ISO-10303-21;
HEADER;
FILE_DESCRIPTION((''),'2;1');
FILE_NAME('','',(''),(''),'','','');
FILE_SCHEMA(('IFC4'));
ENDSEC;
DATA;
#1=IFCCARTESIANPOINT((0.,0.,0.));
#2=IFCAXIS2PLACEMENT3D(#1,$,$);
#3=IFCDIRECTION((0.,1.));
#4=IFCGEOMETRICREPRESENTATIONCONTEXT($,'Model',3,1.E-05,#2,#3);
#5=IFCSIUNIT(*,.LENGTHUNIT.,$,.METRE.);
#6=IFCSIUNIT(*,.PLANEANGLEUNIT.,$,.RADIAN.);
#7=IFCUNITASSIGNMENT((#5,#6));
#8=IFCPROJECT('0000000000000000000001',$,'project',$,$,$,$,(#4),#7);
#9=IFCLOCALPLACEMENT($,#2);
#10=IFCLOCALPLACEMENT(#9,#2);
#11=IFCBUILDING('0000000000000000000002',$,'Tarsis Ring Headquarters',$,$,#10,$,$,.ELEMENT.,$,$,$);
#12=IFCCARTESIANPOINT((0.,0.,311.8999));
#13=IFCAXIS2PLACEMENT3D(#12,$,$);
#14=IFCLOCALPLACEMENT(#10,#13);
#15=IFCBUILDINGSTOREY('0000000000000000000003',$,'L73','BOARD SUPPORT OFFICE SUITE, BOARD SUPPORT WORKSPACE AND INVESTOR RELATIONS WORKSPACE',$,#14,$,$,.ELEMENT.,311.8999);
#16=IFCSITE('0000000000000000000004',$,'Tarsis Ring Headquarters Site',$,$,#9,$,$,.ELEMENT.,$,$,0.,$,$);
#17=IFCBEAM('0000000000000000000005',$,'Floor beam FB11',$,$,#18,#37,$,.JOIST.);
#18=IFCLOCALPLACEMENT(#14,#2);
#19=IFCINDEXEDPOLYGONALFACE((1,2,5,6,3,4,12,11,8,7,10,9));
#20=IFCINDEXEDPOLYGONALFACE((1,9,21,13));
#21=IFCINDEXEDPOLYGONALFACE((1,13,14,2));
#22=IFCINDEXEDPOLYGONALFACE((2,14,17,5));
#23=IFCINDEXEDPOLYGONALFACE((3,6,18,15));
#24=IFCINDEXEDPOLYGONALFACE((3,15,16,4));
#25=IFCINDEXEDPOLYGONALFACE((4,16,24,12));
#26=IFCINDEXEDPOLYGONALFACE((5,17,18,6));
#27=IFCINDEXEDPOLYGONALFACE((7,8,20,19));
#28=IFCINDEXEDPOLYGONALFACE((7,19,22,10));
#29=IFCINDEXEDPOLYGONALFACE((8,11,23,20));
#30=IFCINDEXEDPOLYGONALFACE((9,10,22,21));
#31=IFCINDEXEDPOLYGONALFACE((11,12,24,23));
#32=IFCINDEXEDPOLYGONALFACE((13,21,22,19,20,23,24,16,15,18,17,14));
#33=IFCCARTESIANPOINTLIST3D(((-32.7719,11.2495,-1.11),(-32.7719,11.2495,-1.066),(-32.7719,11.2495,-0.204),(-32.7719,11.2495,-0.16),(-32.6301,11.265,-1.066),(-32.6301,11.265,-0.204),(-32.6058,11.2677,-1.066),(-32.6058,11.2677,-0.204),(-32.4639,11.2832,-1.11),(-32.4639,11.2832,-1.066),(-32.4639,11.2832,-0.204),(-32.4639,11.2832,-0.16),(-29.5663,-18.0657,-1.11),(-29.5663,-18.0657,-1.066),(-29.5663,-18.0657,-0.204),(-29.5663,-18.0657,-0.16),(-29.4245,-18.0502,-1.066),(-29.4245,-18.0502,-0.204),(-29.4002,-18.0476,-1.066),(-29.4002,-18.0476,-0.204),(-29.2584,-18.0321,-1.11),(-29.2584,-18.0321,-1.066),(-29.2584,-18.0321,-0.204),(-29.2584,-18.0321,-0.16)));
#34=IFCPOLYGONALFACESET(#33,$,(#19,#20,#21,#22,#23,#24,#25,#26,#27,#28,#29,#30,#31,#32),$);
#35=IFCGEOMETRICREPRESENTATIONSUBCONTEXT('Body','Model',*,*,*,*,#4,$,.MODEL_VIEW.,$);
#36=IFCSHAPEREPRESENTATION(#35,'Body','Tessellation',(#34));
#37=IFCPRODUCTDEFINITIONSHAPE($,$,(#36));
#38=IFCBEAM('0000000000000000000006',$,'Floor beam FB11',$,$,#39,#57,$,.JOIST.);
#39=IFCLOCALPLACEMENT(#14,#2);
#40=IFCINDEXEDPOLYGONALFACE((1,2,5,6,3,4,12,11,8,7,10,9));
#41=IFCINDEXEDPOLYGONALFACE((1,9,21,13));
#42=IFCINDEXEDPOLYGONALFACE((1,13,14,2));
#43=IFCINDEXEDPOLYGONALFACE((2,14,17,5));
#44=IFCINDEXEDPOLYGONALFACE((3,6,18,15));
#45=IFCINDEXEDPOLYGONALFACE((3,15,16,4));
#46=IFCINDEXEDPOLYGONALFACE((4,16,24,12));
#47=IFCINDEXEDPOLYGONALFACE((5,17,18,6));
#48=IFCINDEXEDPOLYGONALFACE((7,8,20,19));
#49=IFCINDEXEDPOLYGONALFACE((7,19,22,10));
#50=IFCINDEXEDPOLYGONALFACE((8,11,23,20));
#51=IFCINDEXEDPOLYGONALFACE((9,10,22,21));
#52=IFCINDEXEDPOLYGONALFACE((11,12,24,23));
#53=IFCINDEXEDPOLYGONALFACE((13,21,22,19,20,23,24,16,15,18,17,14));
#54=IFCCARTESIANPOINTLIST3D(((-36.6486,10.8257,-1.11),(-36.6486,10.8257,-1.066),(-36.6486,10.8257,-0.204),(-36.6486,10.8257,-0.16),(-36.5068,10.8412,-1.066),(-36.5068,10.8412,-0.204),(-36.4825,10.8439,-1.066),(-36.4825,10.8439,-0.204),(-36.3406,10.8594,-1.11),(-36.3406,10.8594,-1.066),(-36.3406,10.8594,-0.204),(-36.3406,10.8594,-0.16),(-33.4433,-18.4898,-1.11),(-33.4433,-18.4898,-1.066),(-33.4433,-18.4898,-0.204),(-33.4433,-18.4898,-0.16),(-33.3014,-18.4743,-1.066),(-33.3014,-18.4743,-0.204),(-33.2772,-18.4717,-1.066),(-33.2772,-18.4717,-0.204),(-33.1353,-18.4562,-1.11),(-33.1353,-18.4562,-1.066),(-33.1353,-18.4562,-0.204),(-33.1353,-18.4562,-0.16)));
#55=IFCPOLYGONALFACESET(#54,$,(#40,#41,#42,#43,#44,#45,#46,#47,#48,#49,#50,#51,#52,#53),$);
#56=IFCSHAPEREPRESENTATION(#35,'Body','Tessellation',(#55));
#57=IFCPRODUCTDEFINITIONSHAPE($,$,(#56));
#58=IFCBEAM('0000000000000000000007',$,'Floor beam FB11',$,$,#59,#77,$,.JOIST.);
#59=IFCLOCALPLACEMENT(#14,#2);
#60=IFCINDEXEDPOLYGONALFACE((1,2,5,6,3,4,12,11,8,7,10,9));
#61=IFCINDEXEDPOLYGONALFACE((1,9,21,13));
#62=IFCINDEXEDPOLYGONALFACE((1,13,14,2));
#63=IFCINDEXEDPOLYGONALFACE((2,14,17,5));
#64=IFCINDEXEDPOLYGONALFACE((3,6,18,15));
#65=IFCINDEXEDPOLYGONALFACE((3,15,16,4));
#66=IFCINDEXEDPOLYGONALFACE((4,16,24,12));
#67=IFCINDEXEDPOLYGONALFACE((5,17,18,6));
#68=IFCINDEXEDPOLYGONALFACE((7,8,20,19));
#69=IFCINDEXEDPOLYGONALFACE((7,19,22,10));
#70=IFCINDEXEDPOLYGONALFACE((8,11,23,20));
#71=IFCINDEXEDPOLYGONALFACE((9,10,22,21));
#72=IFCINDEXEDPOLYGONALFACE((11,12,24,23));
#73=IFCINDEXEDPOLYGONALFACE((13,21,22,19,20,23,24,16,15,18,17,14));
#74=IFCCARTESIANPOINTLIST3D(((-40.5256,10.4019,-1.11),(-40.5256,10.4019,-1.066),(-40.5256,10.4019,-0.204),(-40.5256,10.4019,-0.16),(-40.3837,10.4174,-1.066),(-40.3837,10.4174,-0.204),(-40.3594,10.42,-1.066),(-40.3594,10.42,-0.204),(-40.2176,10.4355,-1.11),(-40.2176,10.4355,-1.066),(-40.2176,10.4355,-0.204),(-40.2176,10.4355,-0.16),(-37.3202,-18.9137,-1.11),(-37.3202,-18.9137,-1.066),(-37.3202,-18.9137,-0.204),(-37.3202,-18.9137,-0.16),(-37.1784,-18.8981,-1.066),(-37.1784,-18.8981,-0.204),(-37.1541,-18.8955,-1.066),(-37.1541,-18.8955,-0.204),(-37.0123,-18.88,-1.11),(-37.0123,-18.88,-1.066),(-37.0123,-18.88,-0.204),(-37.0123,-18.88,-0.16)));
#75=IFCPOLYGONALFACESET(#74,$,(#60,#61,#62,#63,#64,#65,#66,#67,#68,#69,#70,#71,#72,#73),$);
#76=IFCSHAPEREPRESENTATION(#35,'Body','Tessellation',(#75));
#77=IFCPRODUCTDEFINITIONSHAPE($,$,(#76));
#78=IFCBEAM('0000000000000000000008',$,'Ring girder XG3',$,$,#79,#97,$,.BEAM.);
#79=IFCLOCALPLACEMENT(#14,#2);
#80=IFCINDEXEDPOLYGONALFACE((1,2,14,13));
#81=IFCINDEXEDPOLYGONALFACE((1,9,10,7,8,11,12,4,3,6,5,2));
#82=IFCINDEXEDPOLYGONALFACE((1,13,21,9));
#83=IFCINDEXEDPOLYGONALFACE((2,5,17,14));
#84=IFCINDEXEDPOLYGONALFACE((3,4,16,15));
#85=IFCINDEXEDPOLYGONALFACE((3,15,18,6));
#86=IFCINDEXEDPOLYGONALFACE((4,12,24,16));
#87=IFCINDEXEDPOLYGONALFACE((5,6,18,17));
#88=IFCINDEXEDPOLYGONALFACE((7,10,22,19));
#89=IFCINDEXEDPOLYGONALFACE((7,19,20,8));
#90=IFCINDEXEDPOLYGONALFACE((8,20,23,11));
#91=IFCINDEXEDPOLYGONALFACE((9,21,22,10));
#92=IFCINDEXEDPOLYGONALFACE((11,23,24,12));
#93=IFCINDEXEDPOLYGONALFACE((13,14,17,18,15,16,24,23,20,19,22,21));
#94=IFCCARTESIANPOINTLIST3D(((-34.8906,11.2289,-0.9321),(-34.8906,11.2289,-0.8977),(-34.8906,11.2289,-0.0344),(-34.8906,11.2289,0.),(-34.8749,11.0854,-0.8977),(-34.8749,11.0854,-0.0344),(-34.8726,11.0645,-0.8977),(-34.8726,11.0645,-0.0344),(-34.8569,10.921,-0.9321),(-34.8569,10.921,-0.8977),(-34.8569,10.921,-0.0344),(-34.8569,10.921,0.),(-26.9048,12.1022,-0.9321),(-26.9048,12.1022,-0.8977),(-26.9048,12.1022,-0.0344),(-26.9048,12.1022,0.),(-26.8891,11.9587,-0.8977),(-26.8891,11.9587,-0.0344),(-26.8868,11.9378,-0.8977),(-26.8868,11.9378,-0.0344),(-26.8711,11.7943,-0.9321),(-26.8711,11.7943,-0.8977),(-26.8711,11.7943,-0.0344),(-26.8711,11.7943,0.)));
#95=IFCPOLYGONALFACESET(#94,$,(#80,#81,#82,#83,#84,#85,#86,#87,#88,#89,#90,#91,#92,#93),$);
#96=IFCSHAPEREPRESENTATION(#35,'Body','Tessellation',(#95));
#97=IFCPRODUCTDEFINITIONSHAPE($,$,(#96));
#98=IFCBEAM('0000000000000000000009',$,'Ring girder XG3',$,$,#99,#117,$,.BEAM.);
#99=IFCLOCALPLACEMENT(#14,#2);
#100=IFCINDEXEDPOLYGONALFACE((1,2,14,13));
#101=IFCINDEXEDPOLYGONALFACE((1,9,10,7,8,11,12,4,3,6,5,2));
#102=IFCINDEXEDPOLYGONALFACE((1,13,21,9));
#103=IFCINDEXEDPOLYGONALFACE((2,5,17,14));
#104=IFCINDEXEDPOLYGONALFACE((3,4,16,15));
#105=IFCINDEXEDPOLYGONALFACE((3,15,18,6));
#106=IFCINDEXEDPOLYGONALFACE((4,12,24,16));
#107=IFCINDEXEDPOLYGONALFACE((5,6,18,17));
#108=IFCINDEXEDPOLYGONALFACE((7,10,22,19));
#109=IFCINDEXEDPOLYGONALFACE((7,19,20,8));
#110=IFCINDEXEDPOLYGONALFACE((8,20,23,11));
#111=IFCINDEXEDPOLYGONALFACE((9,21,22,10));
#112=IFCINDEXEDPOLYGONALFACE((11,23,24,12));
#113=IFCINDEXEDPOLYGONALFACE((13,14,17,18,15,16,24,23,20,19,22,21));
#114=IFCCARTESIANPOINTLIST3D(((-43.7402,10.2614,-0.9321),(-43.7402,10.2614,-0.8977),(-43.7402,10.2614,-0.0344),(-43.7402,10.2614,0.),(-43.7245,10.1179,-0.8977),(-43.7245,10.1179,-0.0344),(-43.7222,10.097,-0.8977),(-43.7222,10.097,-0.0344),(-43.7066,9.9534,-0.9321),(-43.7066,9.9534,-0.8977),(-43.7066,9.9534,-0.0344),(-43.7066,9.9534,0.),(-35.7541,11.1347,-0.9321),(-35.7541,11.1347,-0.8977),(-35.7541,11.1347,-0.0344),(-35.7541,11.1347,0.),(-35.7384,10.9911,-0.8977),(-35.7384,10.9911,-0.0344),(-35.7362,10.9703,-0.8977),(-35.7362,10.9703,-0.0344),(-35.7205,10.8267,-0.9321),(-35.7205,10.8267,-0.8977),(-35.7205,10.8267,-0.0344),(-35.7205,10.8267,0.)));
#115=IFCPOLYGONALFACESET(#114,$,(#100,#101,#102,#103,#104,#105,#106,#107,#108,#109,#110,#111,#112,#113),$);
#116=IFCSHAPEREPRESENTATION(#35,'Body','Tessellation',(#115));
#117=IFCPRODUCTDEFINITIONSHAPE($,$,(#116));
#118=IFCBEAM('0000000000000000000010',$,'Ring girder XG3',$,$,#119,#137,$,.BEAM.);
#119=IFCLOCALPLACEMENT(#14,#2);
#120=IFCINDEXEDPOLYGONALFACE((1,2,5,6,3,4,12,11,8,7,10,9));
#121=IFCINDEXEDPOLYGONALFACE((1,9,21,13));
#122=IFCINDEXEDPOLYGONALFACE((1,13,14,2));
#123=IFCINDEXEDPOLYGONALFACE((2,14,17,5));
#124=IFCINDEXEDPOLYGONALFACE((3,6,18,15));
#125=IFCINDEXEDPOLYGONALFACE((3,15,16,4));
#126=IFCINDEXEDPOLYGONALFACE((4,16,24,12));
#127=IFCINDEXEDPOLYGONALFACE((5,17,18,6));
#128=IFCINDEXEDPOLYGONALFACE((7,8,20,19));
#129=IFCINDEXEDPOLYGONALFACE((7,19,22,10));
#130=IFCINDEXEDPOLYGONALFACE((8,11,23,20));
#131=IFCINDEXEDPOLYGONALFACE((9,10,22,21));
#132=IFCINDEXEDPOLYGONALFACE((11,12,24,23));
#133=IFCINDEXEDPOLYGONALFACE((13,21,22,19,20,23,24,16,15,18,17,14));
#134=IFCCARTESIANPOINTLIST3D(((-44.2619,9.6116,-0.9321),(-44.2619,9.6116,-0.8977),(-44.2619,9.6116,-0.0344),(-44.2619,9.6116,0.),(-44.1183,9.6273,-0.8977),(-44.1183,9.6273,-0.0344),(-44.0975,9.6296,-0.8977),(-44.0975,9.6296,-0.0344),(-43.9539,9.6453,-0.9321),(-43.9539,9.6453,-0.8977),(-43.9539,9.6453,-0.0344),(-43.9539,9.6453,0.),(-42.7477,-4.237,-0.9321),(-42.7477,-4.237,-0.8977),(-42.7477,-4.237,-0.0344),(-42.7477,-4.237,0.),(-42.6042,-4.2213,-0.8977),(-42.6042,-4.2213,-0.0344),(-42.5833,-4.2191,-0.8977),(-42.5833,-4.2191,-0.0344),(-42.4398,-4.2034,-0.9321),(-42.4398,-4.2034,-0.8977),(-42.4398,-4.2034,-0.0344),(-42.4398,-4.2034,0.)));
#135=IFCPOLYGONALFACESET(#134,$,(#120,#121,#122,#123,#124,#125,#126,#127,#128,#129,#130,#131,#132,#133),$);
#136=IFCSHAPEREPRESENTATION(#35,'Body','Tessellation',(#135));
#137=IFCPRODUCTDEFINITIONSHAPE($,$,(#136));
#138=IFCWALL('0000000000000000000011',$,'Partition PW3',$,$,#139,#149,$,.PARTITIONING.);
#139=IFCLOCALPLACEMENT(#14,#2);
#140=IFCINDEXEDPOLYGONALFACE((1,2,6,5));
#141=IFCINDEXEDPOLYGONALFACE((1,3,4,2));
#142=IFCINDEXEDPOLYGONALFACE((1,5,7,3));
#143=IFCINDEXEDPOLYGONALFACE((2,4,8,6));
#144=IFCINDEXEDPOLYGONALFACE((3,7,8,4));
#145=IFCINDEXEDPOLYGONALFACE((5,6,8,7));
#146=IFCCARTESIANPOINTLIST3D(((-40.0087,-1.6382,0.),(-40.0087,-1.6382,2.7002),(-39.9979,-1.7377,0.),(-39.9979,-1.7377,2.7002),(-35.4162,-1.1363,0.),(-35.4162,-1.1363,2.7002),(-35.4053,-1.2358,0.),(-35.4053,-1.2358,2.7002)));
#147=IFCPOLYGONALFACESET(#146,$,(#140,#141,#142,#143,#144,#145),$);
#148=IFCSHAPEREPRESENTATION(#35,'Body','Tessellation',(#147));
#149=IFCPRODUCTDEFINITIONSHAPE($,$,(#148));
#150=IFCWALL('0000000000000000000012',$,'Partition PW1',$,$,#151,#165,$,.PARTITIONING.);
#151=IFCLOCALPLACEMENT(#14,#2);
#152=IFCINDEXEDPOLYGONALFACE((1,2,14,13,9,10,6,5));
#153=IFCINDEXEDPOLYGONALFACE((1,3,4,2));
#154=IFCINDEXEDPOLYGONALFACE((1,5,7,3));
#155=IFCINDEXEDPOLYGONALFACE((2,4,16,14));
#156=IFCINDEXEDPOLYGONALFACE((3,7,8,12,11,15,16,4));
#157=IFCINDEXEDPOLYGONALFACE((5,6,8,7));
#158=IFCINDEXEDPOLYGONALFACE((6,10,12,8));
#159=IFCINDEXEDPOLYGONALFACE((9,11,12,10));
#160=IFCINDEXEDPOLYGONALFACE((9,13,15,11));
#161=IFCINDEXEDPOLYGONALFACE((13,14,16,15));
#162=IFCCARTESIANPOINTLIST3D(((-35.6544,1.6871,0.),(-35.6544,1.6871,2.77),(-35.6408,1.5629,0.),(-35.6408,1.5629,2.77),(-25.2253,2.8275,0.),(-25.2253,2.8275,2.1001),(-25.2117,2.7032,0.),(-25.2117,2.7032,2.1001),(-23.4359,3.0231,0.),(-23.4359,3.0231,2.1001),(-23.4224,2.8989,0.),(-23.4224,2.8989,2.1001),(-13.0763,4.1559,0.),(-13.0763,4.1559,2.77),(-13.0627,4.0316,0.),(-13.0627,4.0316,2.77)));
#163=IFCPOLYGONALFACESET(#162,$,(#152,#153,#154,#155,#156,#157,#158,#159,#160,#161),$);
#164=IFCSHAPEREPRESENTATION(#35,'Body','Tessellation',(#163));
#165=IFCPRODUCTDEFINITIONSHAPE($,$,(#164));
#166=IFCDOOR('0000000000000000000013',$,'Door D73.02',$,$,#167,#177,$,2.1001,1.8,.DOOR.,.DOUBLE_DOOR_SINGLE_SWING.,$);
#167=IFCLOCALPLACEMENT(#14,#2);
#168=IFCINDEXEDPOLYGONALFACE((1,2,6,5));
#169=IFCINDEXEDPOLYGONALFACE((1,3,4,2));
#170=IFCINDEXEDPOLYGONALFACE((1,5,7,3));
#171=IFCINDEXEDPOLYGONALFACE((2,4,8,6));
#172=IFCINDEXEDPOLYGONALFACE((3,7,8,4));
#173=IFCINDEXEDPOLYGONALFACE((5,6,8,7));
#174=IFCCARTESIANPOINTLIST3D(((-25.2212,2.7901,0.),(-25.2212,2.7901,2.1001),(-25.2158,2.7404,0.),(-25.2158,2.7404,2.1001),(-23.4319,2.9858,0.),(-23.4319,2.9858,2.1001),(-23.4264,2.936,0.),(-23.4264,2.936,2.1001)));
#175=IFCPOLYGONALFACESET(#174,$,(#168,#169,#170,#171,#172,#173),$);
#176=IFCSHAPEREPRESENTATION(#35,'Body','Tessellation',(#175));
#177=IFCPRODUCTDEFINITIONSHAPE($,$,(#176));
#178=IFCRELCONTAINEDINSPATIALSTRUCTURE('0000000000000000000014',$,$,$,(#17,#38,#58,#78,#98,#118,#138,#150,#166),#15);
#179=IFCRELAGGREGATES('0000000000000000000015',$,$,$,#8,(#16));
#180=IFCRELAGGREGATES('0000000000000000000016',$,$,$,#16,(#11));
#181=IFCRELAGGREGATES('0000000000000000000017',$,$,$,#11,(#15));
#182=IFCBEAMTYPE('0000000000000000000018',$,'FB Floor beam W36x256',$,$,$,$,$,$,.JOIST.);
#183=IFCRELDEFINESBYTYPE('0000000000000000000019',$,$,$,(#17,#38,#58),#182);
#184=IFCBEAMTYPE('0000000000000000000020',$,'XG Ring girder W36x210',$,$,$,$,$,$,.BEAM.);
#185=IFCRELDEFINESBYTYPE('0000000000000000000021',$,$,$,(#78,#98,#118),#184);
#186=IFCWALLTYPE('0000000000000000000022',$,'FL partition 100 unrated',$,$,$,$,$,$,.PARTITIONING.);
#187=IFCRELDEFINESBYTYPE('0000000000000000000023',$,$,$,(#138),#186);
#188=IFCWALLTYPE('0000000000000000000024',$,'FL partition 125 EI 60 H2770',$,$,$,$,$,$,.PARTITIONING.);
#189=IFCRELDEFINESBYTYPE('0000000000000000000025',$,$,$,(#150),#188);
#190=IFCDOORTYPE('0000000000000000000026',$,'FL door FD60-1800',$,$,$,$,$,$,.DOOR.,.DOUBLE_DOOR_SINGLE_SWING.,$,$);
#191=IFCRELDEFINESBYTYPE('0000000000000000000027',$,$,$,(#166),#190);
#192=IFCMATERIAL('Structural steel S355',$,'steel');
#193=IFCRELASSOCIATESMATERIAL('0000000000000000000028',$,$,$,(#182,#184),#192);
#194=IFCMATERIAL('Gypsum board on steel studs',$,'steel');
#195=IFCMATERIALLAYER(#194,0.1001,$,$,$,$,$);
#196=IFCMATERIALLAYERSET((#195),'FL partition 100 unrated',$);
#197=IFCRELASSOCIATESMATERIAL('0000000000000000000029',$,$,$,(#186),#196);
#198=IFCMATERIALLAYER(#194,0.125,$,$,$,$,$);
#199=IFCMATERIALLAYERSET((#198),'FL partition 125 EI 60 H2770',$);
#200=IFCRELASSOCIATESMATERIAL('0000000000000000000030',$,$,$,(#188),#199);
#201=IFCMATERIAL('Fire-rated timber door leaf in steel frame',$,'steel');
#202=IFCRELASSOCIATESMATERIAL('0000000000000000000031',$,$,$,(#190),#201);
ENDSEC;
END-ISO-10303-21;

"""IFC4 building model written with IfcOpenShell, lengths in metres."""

from ifc_helpers import new_model, si_unit, direction, frame, frame_2d, origin, origin_2d, place, context, subcontext, project, spatial, rectangle, i_section, extrude, material, layer, layer_set, material_profile, profile_set, type_object, element, fill, save


model = new_model("IFC4")

# Units and contexts
model_context = context("Model", 3, precision=1e-05, world=origin(), true_north=direction((0.0, 1.0)))
body_context = subcontext(model_context, "Body", "Model", "MODEL_VIEW")
ifc_project = project(units=[si_unit("LENGTHUNIT", "METRE"), si_unit("PLANEANGLEUNIT", "RADIAN")], contexts=[model_context])

# Site, building, storey
site_placement = place(None, origin())
site = spatial("IfcSite", under=ifc_project, at=site_placement, Name="Tarsis Ring Headquarters Site", CompositionType="ELEMENT", RefElevation=0.0)
building_placement = place(site_placement, origin())
building = spatial("IfcBuilding", under=site, at=building_placement, Name="Tarsis Ring Headquarters", CompositionType="ELEMENT")
storey_placement = place(building_placement, frame((0.0, 0.0, 311.8999)))
storey = spatial("IfcBuildingStorey", under=building, at=storey_placement, Name="L73", Description="BOARD SUPPORT OFFICE SUITE, BOARD SUPPORT WORKSPACE AND INVESTOR RELATIONS WORKSPACE", CompositionType="ELEMENT", Elevation=311.8999)

# Shared definitions
ifc_material_1 = material(Name="Structural steel S355", Category="steel")

# Beams
ifc_material_profile_1 = material_profile(ifc_material_1, i_section(OverallWidth=0.3098, OverallDepth=0.95, WebThickness=0.0244, FlangeThickness=0.0439, at=origin_2d()), Name="W36x256")
ifc_profile_set_1 = profile_set([ifc_material_profile_1], Name="Structural steel S355")
beam_type_1 = type_object("IfcBeamType", Name="FB Floor beam W36x256", PredefinedType="JOIST", material=ifc_profile_set_1)
beam_1_placement = place(storey_placement, frame((-32.6179, 11.2664, -0.635), z_axis=(0.1087, -0.994075, 0.0), x_axis=(0.994075, 0.1087, 0.0)))
element("IfcBeam", 1, at=beam_1_placement, inside=storey, type_object=beam_type_1, Name="Floor beam FB11", PredefinedType="JOIST", context=body_context, shape_type="SweptSolid", body=[
    extrude(i_section(OverallWidth=0.3098, OverallDepth=0.95, WebThickness=0.0244, FlangeThickness=0.0439, at=origin_2d()), origin(), (0.0, 0.0, 1.0), 29.49),
])
for number, where, z_axis, x_axis, name in (
    (2, (-36.4946, 10.8425, -0.635), (0.108691, -0.994076, 0.0), (0.994076, 0.108691, 0.0), "Floor beam FB11"),
    (3, (-40.3716, 10.4187, -0.635), (0.108691, -0.994076, 0.0), (0.994076, 0.108691, 0.0), "Floor beam FB11"),
):
    element("IfcBeam", number, at=place(storey_placement, frame(where, z_axis=z_axis, x_axis=x_axis)), inside=storey, type_object=beam_type_1, Name=name, PredefinedType="JOIST", context=body_context, shape_type="SweptSolid", body=[
        extrude(i_section(OverallWidth=0.3098, OverallDepth=0.95, WebThickness=0.0244, FlangeThickness=0.0439, at=origin_2d()), origin(), (0.0, 0.0, 1.0), 29.4902),
    ])
ifc_material_profile_2 = material_profile(ifc_material_1, i_section(OverallWidth=0.3098, OverallDepth=0.9321, WebThickness=0.021, FlangeThickness=0.0344, at=origin_2d()), Name="W36x210")
ifc_profile_set_2 = profile_set([ifc_material_profile_2], Name="Structural steel S355")
beam_type_2 = type_object("IfcBeamType", Name="XG Ring girder W36x210", PredefinedType="BEAM", material=ifc_profile_set_2)
beam_2_placement = place(storey_placement, frame((-26.8879, 11.9482, -0.4661), z_axis=(-0.994074, -0.108707, 0.0), x_axis=(0.108707, -0.994074, 0.0)))
element("IfcBeam", 4, at=beam_2_placement, inside=storey, type_object=beam_type_2, Name="Ring girder XG3", PredefinedType="BEAM", context=body_context, shape_type="SweptSolid", body=[
    extrude(i_section(OverallWidth=0.3098, OverallDepth=0.9321, WebThickness=0.021, FlangeThickness=0.0344, at=origin_2d()), origin(), (0.0, 0.0, 1.0), 8.0334),
])
beam_3_placement = place(storey_placement, frame((-35.7373, 10.9807, -0.4661), z_axis=(-0.994074, -0.108704, 0.0), x_axis=(0.108704, -0.994074, 0.0)))
element("IfcBeam", 5, at=beam_3_placement, inside=storey, type_object=beam_type_2, Name="Ring girder XG3", PredefinedType="BEAM", context=body_context, shape_type="SweptSolid", body=[
    extrude(i_section(OverallWidth=0.3098, OverallDepth=0.9321, WebThickness=0.021, FlangeThickness=0.0344, at=origin_2d()), origin(), (0.0, 0.0, 1.0), 8.0337),
])
beam_4_placement = place(storey_placement, frame((-44.1079, 9.6284, -0.4661), z_axis=(0.108689, -0.994076, 0.0), x_axis=(0.994076, 0.108689, 0.0)))
element("IfcBeam", 6, at=beam_4_placement, inside=storey, type_object=beam_type_2, Name="Ring girder XG3", PredefinedType="BEAM", context=body_context, shape_type="SweptSolid", body=[
    extrude(i_section(OverallWidth=0.3098, OverallDepth=0.9321, WebThickness=0.021, FlangeThickness=0.0344, at=origin_2d()), origin(), (0.0, 0.0, 1.0), 13.9312),
])

# Wall
ifc_material_2 = material(Name="Gypsum board on steel studs", Category="steel")
ifc_layer_1 = layer(ifc_material_2, 0.1001)
ifc_layer_set_1 = layer_set([ifc_layer_1], Name="FL partition 100 unrated")
wall_type_1 = type_object("IfcWallType", Name="FL partition 100 unrated", PredefinedType="PARTITIONING", material=ifc_layer_set_1)
wall_1_placement = place(storey_placement, frame((-40.0034, -1.688, 0.0), z_axis=(0.0, 0.0, 1.0), x_axis=(0.99408, 0.108651, 0.0)))
element("IfcWall", 7, at=wall_1_placement, inside=storey, type_object=wall_type_1, Name="Partition PW3", PredefinedType="PARTITIONING", context=body_context, shape_type="SweptSolid", body=[
    extrude(rectangle(XDim=4.6199, YDim=0.1001, at=frame_2d((2.3101, 0.0))), origin(), (0.0, 0.0, 1.0), 2.7002),
])

# Wall, opening, door
ifc_layer_2 = layer(ifc_material_2, 0.125)
ifc_layer_set_2 = layer_set([ifc_layer_2], Name="FL partition 125 EI 60 H2770")
wall_type_2 = type_object("IfcWallType", Name="FL partition 125 EI 60 H2770", PredefinedType="PARTITIONING", material=ifc_layer_set_2)
wall_2_placement = place(storey_placement, frame((-35.6477, 1.625, 0.0), z_axis=(0.0, 0.0, 1.0), x_axis=(0.994075, 0.108695, 0.0)))
wall_2 = element("IfcWall", 8, at=wall_2_placement, inside=storey, type_object=wall_type_2, Name="Partition PW1", PredefinedType="PARTITIONING", context=body_context, shape_type="SweptSolid", body=[
    extrude(rectangle(XDim=22.7126, YDim=0.125, at=frame_2d((11.3564, 0.0))), origin(), (0.0, 0.0, 1.0), 2.77),
])
opening_1_placement = place(wall_2_placement, frame((10.4915, 0.0, 0.0)))
opening_1 = element("IfcOpeningElement", 9, at=opening_1_placement, cuts=wall_2, PredefinedType="OPENING", context=body_context, shape_type="SweptSolid", body=[
    extrude(rectangle(XDim=1.8, YDim=2.1001, at=frame_2d((0.8999, 1.05))), frame((0.0, 0.0725, 0.0), z_axis=(0.0, -1.0, 0.0), x_axis=(1.0, 0.0, 0.0)), (0.0, 0.0, 1.0), 0.145),
])
ifc_material_3 = material(Name="Fire-rated timber door leaf in steel frame", Category="steel")
door_type = type_object("IfcDoorType", Name="FL door FD60-1800", OperationType="DOUBLE_DOOR_SINGLE_SWING", PredefinedType="DOOR", material=ifc_material_3)
door_placement = place(opening_1_placement, origin())
door = element("IfcDoor", 10, at=door_placement, inside=storey, type_object=door_type, Name="Door D73.02", OperationType="DOUBLE_DOOR_SINGLE_SWING", OverallHeight=2.1001, OverallWidth=1.8, PredefinedType="DOOR", context=body_context, shape_type="SweptSolid", body=[
    extrude(rectangle(XDim=1.8, YDim=2.1001, at=frame_2d((0.8999, 1.05))), frame((0.0, 0.0249, 0.0), z_axis=(0.0, -1.0, 0.0), x_axis=(1.0, 0.0, 0.0)), (0.0, 0.0, 1.0), 0.05),
])
fill(opening_1, door)

save(model, "model.ifc")
